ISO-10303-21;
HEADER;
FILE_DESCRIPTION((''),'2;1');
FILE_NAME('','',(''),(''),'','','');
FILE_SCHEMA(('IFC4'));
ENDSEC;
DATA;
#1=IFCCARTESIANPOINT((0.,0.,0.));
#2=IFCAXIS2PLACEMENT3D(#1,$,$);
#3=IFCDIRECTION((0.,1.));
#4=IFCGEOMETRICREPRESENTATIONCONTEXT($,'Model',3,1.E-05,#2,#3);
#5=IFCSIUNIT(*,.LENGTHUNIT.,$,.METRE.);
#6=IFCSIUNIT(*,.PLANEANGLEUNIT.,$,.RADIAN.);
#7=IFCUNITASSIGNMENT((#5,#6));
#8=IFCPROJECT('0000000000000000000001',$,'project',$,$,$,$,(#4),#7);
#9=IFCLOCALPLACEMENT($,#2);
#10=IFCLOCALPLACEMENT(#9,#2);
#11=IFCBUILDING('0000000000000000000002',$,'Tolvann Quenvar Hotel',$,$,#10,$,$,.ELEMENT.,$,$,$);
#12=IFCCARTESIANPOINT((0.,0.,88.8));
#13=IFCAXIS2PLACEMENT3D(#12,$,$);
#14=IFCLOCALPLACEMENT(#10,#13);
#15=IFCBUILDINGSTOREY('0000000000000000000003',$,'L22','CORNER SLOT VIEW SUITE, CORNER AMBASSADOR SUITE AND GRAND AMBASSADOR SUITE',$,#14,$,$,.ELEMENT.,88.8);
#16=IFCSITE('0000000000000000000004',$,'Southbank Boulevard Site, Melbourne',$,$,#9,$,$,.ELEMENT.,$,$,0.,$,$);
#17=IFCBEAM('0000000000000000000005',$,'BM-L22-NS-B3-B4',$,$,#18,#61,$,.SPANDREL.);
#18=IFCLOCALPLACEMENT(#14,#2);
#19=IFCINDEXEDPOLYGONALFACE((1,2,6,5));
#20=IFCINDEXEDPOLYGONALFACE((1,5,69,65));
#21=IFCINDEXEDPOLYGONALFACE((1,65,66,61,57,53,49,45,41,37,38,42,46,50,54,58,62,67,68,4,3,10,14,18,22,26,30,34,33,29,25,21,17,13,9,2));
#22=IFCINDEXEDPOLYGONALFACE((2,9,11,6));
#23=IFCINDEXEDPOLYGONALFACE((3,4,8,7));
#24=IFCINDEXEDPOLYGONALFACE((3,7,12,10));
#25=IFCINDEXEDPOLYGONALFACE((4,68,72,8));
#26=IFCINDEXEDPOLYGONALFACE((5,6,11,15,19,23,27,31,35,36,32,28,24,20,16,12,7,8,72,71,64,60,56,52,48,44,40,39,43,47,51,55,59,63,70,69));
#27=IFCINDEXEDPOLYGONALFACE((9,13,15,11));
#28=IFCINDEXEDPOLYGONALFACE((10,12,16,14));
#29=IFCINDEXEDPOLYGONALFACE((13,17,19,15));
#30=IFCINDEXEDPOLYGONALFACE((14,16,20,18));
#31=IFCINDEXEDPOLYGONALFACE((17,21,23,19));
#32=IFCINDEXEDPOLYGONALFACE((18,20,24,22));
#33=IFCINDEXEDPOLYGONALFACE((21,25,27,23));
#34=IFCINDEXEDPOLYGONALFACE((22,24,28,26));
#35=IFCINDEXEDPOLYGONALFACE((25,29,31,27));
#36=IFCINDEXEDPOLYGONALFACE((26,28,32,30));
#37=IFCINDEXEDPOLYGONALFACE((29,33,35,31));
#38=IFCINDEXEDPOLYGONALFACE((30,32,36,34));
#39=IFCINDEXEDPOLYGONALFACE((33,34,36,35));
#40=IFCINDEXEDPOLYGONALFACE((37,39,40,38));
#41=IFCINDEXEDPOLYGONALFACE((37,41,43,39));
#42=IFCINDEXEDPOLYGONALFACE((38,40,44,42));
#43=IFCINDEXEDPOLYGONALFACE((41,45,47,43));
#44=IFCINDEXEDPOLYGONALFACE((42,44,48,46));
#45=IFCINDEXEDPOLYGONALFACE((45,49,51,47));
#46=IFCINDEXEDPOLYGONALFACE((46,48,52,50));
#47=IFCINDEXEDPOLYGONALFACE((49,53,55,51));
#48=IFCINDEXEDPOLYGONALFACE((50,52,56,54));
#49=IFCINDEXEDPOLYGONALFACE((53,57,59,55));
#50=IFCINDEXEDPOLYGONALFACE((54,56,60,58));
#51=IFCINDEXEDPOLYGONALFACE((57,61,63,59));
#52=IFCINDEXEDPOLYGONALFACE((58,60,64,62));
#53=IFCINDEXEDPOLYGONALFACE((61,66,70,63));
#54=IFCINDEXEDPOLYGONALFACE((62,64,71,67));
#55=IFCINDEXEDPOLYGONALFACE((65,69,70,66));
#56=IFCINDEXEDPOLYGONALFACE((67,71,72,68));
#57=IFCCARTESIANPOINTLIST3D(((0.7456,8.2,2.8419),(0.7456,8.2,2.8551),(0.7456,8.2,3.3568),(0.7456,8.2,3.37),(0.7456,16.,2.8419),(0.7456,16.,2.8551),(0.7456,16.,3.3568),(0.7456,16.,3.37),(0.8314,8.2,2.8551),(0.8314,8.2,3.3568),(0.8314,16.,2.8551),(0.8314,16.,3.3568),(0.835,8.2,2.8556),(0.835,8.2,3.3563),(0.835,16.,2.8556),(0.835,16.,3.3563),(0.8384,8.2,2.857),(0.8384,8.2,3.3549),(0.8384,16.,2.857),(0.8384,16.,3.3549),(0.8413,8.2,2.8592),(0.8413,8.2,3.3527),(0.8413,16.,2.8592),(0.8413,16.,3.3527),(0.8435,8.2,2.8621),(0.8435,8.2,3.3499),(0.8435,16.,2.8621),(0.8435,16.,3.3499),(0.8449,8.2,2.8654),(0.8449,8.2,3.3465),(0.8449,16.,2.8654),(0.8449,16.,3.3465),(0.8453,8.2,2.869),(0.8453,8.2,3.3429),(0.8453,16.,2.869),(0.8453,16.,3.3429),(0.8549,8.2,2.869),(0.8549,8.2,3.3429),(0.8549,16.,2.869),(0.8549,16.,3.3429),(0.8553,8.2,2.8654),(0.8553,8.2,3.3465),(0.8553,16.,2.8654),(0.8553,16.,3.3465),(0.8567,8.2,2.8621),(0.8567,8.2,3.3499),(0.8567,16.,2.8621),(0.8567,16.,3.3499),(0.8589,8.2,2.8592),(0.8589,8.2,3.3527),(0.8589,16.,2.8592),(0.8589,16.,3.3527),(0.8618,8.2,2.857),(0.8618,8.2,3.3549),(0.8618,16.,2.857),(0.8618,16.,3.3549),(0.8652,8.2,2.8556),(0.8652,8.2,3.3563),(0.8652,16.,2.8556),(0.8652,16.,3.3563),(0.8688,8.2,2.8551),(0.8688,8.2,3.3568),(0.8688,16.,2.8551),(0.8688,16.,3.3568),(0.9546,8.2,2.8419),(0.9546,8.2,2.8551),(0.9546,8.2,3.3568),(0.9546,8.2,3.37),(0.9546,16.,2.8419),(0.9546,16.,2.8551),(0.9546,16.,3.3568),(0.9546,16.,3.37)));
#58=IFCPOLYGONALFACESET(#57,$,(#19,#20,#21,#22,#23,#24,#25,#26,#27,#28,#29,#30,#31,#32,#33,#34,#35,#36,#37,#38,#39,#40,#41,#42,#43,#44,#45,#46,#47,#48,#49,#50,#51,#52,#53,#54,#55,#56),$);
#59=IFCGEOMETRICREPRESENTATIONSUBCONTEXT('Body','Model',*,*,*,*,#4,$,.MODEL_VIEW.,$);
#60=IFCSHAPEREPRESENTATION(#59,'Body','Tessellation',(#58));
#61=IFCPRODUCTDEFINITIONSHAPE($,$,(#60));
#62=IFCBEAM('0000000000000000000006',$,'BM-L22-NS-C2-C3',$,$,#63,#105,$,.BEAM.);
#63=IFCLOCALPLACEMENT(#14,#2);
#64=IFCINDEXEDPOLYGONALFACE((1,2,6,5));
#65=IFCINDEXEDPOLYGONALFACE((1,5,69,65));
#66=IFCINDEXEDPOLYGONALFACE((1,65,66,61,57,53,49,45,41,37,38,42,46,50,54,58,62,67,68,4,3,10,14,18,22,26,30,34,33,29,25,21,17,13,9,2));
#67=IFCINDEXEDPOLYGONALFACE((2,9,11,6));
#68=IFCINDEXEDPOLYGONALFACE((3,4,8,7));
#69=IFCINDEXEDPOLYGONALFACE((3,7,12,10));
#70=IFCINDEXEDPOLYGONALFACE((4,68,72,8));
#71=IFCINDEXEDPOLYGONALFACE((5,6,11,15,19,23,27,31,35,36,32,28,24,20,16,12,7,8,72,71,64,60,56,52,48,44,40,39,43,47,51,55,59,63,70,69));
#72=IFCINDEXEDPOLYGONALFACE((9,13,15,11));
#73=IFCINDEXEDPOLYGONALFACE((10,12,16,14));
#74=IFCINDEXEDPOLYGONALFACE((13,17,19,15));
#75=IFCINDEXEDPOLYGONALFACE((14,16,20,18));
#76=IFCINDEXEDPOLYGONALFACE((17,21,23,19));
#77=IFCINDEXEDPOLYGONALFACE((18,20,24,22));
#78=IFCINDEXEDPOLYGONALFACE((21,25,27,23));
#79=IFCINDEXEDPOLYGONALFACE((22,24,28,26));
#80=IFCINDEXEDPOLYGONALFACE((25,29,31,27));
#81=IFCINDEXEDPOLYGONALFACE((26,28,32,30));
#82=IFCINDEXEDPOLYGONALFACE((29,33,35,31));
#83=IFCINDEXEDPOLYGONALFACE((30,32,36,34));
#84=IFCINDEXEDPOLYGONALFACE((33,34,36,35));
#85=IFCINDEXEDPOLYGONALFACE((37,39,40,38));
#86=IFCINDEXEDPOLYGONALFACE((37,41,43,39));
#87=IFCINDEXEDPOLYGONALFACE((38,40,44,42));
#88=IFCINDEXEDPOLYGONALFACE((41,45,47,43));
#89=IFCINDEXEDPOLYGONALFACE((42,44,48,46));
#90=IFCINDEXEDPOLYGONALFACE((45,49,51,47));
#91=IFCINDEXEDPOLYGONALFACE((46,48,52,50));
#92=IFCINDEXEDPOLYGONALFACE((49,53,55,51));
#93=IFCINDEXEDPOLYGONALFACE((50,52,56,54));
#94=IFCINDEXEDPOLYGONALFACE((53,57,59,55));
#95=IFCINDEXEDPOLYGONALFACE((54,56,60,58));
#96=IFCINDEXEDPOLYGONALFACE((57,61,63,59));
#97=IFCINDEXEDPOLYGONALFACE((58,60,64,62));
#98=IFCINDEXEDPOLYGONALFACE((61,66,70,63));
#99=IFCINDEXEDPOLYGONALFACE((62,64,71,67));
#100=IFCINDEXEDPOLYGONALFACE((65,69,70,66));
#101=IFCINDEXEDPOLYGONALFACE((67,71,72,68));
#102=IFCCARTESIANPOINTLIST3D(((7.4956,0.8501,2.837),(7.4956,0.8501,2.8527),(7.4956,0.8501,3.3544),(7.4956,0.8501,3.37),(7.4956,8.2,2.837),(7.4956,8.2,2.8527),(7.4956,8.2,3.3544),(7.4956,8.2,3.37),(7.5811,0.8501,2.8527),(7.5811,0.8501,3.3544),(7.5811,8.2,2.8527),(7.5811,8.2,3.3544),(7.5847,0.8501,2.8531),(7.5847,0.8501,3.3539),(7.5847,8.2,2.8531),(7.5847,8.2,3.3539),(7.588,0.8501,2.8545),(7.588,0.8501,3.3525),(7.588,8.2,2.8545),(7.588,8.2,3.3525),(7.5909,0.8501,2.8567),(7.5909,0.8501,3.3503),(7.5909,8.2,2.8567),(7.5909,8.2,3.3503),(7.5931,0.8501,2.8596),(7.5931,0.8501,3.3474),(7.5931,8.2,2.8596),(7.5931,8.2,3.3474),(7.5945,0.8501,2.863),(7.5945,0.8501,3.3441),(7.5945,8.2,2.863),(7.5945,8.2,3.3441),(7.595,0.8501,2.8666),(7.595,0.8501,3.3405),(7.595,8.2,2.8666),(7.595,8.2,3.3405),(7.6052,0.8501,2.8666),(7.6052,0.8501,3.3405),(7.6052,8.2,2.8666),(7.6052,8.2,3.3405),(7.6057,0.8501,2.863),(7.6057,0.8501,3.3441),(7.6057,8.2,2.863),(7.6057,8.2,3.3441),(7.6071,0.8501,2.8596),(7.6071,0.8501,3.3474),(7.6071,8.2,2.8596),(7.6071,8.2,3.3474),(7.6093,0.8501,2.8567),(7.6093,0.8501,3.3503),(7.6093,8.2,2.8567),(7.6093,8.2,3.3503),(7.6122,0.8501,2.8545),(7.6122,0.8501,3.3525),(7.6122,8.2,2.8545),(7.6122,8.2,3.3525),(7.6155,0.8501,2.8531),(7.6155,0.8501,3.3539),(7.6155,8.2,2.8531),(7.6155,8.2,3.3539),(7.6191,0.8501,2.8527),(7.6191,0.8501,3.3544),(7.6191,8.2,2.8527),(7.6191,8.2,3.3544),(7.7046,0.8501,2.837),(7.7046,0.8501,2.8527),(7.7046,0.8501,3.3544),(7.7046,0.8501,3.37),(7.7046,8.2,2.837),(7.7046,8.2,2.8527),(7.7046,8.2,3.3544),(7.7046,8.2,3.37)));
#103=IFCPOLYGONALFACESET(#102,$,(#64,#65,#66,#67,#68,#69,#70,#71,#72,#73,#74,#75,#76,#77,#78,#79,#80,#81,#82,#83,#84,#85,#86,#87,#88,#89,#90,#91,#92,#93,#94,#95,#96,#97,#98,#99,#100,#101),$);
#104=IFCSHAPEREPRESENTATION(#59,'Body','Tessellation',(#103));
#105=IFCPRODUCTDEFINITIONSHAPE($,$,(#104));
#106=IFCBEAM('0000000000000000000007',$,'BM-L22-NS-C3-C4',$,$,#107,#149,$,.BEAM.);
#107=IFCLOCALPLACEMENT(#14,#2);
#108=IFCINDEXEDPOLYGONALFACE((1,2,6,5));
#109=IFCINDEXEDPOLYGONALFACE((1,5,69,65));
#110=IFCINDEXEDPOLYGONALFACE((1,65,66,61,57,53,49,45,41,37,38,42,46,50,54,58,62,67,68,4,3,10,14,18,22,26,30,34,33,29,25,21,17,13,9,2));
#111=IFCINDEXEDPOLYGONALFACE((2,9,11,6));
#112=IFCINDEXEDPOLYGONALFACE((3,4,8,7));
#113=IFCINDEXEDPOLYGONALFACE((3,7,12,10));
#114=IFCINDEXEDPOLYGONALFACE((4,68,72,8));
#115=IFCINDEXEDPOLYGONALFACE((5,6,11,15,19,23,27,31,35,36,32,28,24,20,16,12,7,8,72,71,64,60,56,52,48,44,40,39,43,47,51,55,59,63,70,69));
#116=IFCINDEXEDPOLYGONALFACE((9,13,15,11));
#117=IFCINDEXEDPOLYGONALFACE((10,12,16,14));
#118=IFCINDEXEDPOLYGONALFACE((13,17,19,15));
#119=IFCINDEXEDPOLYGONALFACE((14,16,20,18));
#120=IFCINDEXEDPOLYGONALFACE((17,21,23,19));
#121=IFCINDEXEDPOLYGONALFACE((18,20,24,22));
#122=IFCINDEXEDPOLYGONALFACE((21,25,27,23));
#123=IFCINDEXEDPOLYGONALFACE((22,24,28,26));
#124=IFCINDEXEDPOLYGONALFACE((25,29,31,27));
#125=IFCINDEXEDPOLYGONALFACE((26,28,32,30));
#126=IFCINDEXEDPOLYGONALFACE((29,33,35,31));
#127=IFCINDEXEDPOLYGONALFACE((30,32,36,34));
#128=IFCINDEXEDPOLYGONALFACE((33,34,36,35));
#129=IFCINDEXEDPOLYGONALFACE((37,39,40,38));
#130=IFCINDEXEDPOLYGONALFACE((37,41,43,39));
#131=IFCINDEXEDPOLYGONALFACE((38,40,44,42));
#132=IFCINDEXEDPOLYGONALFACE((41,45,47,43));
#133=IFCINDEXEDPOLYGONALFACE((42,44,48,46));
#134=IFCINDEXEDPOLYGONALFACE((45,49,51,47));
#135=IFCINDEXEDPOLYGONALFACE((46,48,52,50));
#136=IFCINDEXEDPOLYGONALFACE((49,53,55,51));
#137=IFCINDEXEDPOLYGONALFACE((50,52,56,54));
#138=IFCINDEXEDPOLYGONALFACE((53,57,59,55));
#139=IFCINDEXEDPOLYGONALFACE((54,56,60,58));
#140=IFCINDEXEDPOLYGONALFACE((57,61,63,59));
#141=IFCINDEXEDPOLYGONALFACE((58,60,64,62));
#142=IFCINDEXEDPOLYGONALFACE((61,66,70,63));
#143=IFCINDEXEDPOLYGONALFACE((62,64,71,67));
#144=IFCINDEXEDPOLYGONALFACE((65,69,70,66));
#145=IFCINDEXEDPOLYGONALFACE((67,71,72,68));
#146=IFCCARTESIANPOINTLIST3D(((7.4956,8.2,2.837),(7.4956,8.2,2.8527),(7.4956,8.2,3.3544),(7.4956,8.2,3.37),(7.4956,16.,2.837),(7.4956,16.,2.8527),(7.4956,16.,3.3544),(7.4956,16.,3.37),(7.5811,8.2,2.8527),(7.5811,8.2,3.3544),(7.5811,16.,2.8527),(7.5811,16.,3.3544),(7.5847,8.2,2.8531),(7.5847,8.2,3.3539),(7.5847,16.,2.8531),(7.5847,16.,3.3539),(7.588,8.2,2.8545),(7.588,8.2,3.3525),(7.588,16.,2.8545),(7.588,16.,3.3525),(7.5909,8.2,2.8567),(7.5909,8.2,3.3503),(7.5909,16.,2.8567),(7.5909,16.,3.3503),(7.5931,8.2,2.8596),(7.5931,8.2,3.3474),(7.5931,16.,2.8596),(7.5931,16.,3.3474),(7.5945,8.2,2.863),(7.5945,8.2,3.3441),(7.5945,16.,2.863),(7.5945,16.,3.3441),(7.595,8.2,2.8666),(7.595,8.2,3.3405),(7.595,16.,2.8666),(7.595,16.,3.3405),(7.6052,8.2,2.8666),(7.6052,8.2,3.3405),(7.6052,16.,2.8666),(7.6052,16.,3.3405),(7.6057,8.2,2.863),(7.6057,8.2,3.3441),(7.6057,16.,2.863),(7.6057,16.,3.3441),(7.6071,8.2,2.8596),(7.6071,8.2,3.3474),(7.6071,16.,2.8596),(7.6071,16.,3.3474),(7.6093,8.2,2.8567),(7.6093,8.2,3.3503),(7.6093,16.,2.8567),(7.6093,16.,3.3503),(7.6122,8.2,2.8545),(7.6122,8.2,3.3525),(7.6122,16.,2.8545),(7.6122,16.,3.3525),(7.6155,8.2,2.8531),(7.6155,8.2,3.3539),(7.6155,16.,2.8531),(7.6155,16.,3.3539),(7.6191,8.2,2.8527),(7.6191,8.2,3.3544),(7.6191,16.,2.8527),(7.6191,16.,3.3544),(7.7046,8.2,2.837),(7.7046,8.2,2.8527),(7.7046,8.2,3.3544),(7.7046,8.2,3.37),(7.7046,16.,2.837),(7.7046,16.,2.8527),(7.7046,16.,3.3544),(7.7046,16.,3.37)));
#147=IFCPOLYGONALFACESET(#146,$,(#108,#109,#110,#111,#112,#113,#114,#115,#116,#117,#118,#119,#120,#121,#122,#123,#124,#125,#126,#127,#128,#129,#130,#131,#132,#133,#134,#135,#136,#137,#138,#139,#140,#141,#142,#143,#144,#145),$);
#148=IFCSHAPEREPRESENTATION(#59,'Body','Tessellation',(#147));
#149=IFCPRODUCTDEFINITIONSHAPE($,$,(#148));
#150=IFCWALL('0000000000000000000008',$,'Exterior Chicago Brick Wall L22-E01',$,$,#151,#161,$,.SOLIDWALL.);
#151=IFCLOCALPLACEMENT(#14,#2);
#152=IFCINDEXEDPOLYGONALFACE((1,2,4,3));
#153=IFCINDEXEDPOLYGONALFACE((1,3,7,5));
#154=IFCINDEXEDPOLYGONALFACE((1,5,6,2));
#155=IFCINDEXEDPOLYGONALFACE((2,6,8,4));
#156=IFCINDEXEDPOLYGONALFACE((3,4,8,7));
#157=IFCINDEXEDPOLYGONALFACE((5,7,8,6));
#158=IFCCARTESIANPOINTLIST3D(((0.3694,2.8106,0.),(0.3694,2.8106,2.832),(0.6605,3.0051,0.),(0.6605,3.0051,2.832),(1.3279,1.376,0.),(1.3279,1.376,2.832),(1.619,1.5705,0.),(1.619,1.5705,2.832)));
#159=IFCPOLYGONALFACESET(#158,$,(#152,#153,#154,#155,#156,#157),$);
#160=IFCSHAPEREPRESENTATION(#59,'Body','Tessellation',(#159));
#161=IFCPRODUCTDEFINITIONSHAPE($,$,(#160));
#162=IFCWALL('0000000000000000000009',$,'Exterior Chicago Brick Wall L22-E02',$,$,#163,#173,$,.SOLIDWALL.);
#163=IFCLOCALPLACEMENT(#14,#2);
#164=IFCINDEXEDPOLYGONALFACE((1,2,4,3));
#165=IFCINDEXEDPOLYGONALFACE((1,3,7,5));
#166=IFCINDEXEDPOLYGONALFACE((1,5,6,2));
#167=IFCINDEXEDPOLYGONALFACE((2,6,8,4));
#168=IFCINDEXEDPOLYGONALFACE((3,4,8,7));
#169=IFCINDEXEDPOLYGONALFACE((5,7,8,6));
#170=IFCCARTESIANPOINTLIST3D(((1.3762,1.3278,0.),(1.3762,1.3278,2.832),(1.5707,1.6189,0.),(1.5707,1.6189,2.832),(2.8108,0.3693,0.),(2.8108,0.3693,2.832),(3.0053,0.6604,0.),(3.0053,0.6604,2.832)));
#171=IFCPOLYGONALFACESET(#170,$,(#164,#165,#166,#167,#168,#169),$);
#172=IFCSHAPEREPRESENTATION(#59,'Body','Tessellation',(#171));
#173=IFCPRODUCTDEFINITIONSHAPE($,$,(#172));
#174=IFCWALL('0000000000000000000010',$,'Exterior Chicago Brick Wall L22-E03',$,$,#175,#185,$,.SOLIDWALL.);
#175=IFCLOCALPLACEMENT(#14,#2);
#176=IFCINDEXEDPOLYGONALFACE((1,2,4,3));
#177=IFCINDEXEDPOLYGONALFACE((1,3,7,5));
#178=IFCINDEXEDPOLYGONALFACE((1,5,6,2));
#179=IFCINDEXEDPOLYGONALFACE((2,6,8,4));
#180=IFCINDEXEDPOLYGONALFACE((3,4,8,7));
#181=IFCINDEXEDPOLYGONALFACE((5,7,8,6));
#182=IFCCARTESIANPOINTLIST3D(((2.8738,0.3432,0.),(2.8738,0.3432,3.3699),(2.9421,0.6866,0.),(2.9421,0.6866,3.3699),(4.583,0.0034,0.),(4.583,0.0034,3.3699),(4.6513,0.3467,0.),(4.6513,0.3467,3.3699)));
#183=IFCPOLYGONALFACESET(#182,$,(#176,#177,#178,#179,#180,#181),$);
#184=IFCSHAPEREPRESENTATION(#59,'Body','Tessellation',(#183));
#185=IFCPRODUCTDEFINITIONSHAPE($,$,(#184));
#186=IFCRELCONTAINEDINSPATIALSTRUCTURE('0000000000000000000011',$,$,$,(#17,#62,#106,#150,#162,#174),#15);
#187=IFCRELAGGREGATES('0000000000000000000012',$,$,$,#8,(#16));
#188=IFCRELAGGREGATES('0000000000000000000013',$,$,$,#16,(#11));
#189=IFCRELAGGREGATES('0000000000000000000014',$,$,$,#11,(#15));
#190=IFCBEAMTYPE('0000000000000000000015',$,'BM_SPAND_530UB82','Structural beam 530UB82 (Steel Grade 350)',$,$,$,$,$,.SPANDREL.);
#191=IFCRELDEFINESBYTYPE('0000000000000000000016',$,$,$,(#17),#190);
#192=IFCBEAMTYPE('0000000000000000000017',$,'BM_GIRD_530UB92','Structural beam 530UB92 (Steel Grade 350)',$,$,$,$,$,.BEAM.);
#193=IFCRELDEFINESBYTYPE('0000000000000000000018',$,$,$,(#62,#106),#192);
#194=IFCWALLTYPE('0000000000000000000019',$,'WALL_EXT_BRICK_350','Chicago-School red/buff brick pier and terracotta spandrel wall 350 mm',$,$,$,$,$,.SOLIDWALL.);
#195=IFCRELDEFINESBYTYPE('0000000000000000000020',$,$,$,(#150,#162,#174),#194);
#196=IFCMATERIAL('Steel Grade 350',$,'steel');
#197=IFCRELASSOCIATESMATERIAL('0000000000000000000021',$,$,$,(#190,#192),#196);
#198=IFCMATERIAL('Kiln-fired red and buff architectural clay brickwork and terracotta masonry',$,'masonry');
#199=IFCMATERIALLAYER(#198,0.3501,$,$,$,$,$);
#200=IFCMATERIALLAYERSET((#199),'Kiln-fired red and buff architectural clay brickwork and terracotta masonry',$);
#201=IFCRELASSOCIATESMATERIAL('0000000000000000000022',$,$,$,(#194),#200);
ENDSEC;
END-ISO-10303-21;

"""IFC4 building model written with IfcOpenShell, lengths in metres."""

from ifc_helpers import new_model, si_unit, direction, frame, frame_2d, origin, origin_2d, place, context, subcontext, project, spatial, rectangle, i_section, extrude, source, transform, mapped, material, layer, layer_set, material_profile, profile_set, type_object, type_shapes, element, save


model = new_model("IFC4")

# Units and contexts
model_context = context("Model", 3, precision=1e-05, world=origin(), true_north=direction((0.0, 1.0)))
body_context = subcontext(model_context, "Body", "Model", "MODEL_VIEW")
ifc_project = project(units=[si_unit("LENGTHUNIT", "METRE"), si_unit("PLANEANGLEUNIT", "RADIAN")], contexts=[model_context])

# Site, building, storey
site_placement = place(None, origin())
site = spatial("IfcSite", under=ifc_project, at=site_placement, Name="Southbank Boulevard Site, Melbourne", CompositionType="ELEMENT", RefElevation=0.0)
building_placement = place(site_placement, origin())
building = spatial("IfcBuilding", under=site, at=building_placement, Name="Tolvann Quenvar Hotel", CompositionType="ELEMENT")
storey_placement = place(building_placement, frame((0.0, 0.0, 88.8)))
storey = spatial("IfcBuildingStorey", under=building, at=storey_placement, Name="L22", Description="CORNER SLOT VIEW SUITE, CORNER AMBASSADOR SUITE AND GRAND AMBASSADOR SUITE", CompositionType="ELEMENT", Elevation=88.8)

# Shared definitions
ifc_material_1 = material(Name="Steel Grade 350", Category="steel")

# Beams
ifc_material_profile_1 = material_profile(ifc_material_1, i_section(OverallWidth=0.209, OverallDepth=0.5281, WebThickness=0.0095, FlangeThickness=0.0132, FilletRadius=0.0139, at=origin_2d()), Name="530UB82")
ifc_profile_set_1 = profile_set([ifc_material_profile_1], Name="Steel Grade 350")
beam_type_1 = type_object("IfcBeamType", Name="BM_SPAND_530UB82", Description="Structural beam 530UB82 (Steel Grade 350)", PredefinedType="SPANDREL", material=ifc_profile_set_1)
shared_shape_1 = source(origin(), body_context, "Body", "SweptSolid", [
    extrude(i_section(OverallWidth=0.209, OverallDepth=0.5281, WebThickness=0.0095, FlangeThickness=0.0132, FilletRadius=0.0139, at=origin_2d()), origin(), (0.0, 0.0, 1.0), 7.8),
])
beam_1_placement = place(storey_placement, frame((0.8501, 8.2, 3.106), z_axis=(0.0, 1.0, 0.0), x_axis=(-1.0, 0.0, 0.0)))
element("IfcBeam", 1, at=beam_1_placement, inside=storey, type_object=beam_type_1, Name="BM-L22-NS-B3-B4", PredefinedType="SPANDREL", context=body_context, shape_type="MappedRepresentation", body=[
    mapped(shared_shape_1, transform((0.0, 0.0, 0.0), x_axis=(1.0, 0.0, 0.0), y_axis=(0.0, 1.0, 0.0), z_axis=(0.0, 0.0, 1.0), scale=1.0)),
])
ifc_material_profile_2 = material_profile(ifc_material_1, i_section(OverallWidth=0.209, OverallDepth=0.533, WebThickness=0.0103, FlangeThickness=0.0156, FilletRadius=0.0139, at=origin_2d()), Name="530UB92")
ifc_profile_set_2 = profile_set([ifc_material_profile_2], Name="Steel Grade 350")
beam_type_2 = type_object("IfcBeamType", Name="BM_GIRD_530UB92", Description="Structural beam 530UB92 (Steel Grade 350)", PredefinedType="BEAM", material=ifc_profile_set_2)
shared_shape_2 = source(origin(), body_context, "Body", "SweptSolid", [
    extrude(i_section(OverallWidth=0.209, OverallDepth=0.533, WebThickness=0.0103, FlangeThickness=0.0156, FilletRadius=0.0139, at=origin_2d()), origin(), (0.0, 0.0, 1.0), 7.3499),
])
beam_2_placement = place(storey_placement, frame((7.6001, 0.8501, 3.1035), z_axis=(0.0, 1.0, 0.0), x_axis=(-1.0, 0.0, 0.0)))
element("IfcBeam", 2, at=beam_2_placement, inside=storey, type_object=beam_type_2, Name="BM-L22-NS-C2-C3", PredefinedType="BEAM", context=body_context, shape_type="MappedRepresentation", body=[
    mapped(shared_shape_2, transform((0.0, 0.0, 0.0), x_axis=(1.0, 0.0, 0.0), y_axis=(0.0, 1.0, 0.0), z_axis=(0.0, 0.0, 1.0), scale=1.0)),
])
shared_shape_3 = source(origin(), body_context, "Body", "SweptSolid", [
    extrude(i_section(OverallWidth=0.209, OverallDepth=0.533, WebThickness=0.0103, FlangeThickness=0.0156, FilletRadius=0.0139, at=origin_2d()), origin(), (0.0, 0.0, 1.0), 7.8),
])
type_shapes(beam_type_2, [shared_shape_2, shared_shape_3])
beam_3_placement = place(storey_placement, frame((7.6001, 8.2, 3.1035), z_axis=(0.0, 1.0, 0.0), x_axis=(-1.0, 0.0, 0.0)))
element("IfcBeam", 3, at=beam_3_placement, inside=storey, type_object=beam_type_2, Name="BM-L22-NS-C3-C4", PredefinedType="BEAM", context=body_context, shape_type="MappedRepresentation", body=[
    mapped(shared_shape_3, transform((0.0, 0.0, 0.0), x_axis=(1.0, 0.0, 0.0), y_axis=(0.0, 1.0, 0.0), z_axis=(0.0, 0.0, 1.0), scale=1.0)),
])

# Walls
ifc_material_2 = material(Name="Kiln-fired red and buff architectural clay brickwork and terracotta masonry", Category="masonry")
ifc_layer_1 = layer(ifc_material_2, 0.3501)
ifc_layer_set_1 = layer_set([ifc_layer_1], Name="Kiln-fired red and buff architectural clay brickwork and terracotta masonry")
wall_type_1 = type_object("IfcWallType", Name="WALL_EXT_BRICK_350", Description="Chicago-School red/buff brick pier and terracotta spandrel wall 350 mm", PredefinedType="SOLIDWALL", material=ifc_layer_set_1)
for number, where, z_axis, x_axis, name in (
    (4, (0.5149, 2.908, 0.0), (0.0, 0.0, 1.0), (0.555549, -0.831484, 0.0), "Exterior Chicago Brick Wall L22-E01"),
    (5, (1.4734, 1.4734, 0.0), (0.0, 0.0, 1.0), (0.831484, -0.555549, 0.0), "Exterior Chicago Brick Wall L22-E02"),
):
    element("IfcWall", number, at=place(storey_placement, frame(where, z_axis=z_axis, x_axis=x_axis)), inside=storey, type_object=wall_type_1, Name=name, PredefinedType="SOLIDWALL", context=body_context, shape_type="SweptSolid", body=[
        extrude(rectangle(XDim=1.7253, YDim=0.3501, at=frame_2d((0.8628, 0.0))), origin(), (0.0, 0.0, 1.0), 2.832),
    ])
for number, where, z_axis, x_axis, name in (
    (6, (2.908, 0.5149, 0.0), (0.0, 0.0, 1.0), (0.980801, -0.195011, 0.0), "Exterior Chicago Brick Wall L22-E03"),
):
    element("IfcWall", number, at=place(storey_placement, frame(where, z_axis=z_axis, x_axis=x_axis)), inside=storey, type_object=wall_type_1, Name=name, PredefinedType="SOLIDWALL", context=body_context, shape_type="SweptSolid", body=[
        extrude(rectangle(XDim=1.7427, YDim=0.3501, at=frame_2d((0.8713, 0.0))), origin(), (0.0, 0.0, 1.0), 3.3699),
    ])

save(model, "model.ifc")
